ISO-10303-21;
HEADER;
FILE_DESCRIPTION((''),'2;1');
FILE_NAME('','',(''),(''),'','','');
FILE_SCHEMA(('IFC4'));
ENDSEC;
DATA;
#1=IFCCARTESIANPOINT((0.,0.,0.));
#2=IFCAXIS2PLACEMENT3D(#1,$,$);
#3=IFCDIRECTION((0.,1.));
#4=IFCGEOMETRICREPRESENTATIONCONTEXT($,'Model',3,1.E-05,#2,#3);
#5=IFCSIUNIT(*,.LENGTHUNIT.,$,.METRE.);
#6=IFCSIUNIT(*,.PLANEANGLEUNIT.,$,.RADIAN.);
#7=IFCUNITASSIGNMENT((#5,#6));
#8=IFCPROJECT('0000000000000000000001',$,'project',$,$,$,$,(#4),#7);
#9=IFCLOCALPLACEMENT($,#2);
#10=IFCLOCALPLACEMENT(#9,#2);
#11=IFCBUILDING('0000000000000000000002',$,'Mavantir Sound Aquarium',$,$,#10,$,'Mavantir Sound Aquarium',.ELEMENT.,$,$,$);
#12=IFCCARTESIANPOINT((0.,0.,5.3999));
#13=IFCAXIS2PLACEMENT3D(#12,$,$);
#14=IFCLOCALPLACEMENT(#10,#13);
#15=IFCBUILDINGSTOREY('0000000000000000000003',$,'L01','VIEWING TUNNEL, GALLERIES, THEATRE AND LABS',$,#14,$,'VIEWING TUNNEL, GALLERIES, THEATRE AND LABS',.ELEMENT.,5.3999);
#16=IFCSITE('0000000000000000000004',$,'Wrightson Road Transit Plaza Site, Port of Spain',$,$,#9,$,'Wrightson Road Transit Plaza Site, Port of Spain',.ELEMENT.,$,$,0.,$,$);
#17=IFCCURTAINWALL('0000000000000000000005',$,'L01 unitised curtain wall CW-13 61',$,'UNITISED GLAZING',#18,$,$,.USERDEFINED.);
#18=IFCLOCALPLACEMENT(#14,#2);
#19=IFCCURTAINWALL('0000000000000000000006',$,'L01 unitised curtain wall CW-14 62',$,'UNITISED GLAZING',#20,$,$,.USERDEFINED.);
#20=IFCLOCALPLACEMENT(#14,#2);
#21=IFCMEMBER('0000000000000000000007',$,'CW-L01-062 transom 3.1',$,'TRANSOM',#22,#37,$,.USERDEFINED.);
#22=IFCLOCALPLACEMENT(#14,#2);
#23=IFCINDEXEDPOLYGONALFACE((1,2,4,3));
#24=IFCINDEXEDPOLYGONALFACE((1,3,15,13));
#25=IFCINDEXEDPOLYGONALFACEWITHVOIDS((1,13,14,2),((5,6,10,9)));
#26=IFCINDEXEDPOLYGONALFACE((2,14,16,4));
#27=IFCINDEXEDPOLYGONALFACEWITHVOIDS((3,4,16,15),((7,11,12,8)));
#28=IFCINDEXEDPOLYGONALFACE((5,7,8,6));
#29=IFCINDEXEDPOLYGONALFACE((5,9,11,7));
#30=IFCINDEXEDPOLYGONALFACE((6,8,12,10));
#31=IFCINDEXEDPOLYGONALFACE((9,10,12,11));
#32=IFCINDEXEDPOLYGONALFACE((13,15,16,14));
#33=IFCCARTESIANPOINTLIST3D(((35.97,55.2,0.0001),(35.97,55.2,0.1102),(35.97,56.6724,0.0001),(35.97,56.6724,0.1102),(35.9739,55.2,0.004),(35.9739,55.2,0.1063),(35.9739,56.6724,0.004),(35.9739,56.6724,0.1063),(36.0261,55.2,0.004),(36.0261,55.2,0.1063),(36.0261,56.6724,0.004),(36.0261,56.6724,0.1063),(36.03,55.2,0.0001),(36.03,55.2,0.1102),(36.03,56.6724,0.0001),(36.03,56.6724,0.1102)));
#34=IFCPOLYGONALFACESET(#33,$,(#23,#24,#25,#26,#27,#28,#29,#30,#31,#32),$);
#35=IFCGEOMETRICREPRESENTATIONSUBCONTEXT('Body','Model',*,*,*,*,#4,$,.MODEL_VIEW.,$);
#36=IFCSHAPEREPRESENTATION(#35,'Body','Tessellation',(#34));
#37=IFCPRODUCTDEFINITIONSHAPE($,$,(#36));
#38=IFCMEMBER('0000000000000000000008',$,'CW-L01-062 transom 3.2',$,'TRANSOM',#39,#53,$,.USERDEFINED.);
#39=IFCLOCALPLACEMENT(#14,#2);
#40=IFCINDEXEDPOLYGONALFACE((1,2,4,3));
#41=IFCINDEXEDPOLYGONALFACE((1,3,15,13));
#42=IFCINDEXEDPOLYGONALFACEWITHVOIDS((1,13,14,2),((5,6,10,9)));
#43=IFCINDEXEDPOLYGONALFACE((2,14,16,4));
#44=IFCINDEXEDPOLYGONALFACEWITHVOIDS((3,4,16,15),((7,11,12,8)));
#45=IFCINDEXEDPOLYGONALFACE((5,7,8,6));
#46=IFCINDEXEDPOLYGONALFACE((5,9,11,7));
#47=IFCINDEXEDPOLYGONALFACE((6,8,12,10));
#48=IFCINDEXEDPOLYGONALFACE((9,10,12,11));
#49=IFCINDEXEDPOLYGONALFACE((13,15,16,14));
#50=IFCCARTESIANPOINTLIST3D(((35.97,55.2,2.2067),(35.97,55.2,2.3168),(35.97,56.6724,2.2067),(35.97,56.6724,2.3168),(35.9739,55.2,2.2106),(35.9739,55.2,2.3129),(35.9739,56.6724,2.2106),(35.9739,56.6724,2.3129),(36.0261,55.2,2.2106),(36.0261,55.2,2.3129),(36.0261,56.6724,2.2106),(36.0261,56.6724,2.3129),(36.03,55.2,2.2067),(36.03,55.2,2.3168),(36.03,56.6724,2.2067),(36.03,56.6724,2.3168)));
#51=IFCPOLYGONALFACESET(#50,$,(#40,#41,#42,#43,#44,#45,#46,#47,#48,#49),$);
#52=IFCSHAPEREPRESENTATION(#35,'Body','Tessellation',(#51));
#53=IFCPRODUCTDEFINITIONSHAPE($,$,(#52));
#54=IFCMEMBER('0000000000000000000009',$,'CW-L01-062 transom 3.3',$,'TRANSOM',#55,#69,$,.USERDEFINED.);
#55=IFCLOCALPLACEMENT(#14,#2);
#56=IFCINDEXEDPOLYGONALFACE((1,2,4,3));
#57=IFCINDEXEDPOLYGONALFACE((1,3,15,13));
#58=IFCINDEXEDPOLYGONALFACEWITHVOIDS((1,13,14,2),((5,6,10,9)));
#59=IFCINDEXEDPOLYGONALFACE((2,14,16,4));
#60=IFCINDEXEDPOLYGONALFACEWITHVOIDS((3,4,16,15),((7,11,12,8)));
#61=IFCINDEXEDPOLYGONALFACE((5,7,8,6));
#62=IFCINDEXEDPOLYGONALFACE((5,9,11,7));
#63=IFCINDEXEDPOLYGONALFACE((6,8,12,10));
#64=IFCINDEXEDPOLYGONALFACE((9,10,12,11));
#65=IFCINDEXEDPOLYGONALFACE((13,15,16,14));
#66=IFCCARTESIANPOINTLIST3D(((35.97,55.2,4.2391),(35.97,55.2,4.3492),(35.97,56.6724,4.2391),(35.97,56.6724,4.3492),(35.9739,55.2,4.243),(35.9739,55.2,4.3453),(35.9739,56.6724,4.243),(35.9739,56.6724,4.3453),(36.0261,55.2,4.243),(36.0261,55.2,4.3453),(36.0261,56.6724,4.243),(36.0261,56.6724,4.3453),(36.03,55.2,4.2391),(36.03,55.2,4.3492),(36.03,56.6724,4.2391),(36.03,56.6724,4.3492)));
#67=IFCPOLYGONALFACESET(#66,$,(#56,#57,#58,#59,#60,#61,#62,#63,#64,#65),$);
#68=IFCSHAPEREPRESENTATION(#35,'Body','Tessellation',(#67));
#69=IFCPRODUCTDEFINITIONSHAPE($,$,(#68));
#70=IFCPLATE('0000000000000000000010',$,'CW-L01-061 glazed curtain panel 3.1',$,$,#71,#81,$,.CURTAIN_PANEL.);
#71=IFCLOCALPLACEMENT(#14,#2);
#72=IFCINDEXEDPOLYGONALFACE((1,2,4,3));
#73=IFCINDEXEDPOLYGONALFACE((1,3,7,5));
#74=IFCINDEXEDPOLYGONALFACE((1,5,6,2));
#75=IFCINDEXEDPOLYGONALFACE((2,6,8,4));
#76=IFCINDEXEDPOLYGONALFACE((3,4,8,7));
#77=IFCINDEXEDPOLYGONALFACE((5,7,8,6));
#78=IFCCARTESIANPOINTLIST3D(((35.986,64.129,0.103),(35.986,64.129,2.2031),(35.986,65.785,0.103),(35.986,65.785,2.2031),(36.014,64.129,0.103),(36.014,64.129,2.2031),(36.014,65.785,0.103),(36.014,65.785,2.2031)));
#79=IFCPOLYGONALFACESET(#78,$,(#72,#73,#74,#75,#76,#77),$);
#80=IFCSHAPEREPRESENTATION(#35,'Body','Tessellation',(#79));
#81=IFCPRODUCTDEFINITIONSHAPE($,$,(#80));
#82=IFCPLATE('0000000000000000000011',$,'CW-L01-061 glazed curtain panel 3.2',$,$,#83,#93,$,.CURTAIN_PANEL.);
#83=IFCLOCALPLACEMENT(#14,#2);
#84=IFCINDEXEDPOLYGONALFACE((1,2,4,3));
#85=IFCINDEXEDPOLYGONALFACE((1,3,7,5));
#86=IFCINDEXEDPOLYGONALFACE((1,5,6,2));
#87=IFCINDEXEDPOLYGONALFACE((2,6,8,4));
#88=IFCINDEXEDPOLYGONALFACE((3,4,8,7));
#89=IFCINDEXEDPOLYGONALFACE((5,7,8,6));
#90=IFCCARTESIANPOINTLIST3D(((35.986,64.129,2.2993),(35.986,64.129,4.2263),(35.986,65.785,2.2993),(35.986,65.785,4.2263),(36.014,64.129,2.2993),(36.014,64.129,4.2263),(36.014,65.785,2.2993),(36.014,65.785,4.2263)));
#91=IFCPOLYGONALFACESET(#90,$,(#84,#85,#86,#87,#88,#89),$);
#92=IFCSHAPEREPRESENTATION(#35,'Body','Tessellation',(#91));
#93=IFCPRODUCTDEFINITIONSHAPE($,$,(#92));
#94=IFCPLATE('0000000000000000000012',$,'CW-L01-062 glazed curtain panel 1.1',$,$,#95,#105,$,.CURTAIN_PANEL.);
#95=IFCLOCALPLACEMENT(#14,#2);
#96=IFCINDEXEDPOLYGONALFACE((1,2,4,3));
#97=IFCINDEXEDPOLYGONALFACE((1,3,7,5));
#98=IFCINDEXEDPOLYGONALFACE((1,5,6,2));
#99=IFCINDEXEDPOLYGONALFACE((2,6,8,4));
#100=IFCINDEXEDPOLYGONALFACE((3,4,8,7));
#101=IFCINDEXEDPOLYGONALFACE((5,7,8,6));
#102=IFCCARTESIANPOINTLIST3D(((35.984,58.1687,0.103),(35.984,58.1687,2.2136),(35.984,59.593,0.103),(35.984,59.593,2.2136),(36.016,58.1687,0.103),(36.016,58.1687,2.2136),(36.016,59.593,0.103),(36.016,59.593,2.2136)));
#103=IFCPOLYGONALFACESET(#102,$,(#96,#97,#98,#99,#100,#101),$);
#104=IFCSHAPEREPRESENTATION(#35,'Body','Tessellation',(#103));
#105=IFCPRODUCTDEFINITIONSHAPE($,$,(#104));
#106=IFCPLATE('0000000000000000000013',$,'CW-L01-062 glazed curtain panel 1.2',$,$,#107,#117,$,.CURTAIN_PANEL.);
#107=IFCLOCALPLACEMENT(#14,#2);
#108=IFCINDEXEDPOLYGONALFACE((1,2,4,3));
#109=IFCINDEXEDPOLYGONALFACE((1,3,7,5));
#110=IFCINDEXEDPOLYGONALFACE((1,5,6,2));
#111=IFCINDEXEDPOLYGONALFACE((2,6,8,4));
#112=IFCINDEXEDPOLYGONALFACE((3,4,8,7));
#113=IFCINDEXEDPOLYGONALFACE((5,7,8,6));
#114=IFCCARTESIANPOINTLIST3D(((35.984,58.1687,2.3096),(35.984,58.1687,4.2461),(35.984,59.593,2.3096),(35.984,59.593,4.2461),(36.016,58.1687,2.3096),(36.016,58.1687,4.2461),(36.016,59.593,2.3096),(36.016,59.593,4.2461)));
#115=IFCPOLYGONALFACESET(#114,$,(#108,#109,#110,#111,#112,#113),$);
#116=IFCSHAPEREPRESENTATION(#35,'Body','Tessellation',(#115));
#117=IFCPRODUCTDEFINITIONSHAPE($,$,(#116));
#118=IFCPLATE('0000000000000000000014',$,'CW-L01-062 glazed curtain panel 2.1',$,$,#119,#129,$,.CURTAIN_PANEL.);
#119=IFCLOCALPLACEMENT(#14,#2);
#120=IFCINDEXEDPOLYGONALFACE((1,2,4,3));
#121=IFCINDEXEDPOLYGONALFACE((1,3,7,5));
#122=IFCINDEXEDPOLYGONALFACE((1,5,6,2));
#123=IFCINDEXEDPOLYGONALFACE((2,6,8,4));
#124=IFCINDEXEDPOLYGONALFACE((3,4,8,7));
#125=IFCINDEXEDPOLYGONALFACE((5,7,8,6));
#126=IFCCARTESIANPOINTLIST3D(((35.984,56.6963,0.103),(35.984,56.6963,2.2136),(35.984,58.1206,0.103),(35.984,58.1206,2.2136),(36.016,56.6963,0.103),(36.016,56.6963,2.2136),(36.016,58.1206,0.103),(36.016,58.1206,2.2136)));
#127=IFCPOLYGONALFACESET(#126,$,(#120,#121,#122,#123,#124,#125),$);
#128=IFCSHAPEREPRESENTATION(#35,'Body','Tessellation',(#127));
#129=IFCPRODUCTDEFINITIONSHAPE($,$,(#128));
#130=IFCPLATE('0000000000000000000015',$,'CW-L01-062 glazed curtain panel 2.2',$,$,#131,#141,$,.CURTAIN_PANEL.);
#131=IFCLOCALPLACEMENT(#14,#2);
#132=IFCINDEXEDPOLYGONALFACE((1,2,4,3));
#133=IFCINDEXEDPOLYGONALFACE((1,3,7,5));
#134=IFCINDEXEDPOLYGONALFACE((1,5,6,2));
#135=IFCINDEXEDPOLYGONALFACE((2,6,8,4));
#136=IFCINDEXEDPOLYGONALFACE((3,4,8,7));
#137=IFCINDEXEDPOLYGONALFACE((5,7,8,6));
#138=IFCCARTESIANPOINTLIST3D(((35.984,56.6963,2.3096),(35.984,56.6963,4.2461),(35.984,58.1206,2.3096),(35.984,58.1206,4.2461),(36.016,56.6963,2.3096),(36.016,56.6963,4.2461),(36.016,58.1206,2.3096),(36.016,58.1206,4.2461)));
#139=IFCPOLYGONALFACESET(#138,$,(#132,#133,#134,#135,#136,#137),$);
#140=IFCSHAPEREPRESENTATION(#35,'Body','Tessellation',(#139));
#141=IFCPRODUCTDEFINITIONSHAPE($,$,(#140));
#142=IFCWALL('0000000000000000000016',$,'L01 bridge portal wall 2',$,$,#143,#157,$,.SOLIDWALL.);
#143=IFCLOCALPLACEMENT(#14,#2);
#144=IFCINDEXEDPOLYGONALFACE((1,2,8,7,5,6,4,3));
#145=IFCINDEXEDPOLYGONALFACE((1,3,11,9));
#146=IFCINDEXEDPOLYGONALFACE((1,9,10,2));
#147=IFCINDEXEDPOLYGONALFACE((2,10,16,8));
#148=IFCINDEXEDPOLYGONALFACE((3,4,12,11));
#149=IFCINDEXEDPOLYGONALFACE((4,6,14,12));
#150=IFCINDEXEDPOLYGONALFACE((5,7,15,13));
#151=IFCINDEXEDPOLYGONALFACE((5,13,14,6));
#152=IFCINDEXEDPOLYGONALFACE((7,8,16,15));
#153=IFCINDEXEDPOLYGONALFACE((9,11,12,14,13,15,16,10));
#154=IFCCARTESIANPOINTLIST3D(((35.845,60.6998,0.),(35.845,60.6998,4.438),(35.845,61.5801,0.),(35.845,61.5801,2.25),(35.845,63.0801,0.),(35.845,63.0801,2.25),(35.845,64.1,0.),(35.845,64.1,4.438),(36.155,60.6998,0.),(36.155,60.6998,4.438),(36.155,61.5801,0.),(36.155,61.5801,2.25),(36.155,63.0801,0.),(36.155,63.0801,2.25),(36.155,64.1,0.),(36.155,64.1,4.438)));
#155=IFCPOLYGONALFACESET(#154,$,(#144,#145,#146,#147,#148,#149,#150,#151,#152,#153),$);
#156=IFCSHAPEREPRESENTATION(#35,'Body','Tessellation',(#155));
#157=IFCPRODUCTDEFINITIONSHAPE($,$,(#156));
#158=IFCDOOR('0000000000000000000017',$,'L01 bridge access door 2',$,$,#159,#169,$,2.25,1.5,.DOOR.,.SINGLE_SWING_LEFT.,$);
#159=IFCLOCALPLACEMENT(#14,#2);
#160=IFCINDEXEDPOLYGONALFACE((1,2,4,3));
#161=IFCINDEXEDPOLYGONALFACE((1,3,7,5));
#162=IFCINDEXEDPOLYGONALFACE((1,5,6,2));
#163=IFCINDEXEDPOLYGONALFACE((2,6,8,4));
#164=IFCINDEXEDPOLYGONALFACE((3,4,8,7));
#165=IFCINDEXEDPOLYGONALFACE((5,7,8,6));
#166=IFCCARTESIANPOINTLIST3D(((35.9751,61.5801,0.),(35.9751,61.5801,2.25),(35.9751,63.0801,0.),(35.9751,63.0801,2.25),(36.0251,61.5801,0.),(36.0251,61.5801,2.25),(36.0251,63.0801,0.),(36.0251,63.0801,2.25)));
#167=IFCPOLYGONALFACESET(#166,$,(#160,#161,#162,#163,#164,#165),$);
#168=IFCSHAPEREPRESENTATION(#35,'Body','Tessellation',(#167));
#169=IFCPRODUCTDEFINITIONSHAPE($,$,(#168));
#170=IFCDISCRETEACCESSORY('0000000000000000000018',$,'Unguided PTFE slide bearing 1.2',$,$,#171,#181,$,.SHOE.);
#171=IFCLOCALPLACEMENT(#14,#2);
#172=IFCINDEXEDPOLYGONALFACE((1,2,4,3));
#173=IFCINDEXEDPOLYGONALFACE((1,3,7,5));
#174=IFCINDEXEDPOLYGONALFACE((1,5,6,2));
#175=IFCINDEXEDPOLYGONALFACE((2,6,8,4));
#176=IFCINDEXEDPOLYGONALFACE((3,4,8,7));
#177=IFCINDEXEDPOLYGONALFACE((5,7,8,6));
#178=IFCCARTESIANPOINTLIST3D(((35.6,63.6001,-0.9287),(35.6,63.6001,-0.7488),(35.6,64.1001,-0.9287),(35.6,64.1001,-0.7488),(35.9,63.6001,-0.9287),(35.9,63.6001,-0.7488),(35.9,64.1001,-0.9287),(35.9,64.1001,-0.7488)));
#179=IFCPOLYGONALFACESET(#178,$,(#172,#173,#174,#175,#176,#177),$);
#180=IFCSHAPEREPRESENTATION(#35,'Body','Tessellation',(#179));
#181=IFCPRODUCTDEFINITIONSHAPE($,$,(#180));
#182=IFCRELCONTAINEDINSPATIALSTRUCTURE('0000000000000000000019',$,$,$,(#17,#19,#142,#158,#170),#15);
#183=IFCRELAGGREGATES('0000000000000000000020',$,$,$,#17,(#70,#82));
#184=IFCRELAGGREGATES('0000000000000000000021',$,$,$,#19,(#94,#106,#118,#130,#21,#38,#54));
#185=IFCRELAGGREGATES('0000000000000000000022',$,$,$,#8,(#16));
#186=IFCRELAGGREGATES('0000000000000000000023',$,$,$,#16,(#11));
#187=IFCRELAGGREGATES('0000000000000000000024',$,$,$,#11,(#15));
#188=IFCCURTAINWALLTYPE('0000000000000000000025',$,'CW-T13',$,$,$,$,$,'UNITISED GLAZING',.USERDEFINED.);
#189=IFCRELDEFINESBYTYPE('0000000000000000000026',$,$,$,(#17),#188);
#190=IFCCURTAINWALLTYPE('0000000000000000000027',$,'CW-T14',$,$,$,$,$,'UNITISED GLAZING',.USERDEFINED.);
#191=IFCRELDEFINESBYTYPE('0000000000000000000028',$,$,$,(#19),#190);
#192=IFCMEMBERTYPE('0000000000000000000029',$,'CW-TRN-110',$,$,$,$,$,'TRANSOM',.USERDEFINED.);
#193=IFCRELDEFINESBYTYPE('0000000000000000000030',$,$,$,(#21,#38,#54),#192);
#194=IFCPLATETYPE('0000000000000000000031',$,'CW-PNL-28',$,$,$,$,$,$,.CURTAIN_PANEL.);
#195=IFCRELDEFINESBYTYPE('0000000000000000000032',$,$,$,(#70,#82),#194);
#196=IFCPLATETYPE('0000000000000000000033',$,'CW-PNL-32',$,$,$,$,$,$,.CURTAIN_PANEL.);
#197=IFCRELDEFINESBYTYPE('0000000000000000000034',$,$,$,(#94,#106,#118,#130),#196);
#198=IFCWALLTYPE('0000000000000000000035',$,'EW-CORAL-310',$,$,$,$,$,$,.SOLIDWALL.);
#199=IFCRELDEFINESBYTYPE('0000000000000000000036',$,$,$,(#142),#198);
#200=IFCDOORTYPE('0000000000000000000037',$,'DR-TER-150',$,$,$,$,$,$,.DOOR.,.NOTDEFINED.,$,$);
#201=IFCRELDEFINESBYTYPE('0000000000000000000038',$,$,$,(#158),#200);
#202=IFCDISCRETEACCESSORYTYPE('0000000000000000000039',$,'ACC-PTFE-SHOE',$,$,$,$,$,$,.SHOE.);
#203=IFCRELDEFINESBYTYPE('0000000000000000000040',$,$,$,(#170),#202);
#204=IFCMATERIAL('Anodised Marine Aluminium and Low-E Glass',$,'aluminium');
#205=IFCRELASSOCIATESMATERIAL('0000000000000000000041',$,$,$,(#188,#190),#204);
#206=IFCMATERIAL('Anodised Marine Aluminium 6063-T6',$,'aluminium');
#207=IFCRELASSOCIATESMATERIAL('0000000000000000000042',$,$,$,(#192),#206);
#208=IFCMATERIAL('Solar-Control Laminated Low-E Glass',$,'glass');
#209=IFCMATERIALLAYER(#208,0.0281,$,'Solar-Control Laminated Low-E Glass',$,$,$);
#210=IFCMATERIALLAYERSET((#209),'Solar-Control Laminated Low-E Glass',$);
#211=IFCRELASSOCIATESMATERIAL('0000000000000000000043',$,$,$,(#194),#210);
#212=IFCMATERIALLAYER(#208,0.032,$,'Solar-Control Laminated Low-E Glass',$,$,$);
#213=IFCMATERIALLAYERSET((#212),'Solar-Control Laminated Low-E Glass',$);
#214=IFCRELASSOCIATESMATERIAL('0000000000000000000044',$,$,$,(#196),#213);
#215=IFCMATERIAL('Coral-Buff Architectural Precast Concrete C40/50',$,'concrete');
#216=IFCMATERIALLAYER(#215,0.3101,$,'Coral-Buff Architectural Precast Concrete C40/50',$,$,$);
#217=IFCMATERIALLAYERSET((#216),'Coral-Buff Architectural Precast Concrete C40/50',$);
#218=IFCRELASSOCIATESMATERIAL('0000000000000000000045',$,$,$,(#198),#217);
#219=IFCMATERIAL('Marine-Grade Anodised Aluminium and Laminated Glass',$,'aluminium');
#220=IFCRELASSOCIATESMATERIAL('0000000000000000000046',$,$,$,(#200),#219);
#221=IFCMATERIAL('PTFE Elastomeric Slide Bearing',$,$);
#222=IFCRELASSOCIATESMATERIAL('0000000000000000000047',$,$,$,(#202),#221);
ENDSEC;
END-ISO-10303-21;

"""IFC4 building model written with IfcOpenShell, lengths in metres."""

from ifc_helpers import new_model, si_unit, direction, frame, frame_2d, origin, origin_2d, place, context, subcontext, project, spatial, rectangle, hollow_rectangle, extrude, material, layer, layer_set, material_profile, profile_set, type_object, element, fill, aggregate, save


model = new_model("IFC4")

# Units and contexts
model_context = context("Model", 3, precision=1e-05, world=origin(), true_north=direction((0.0, 1.0)))
body_context = subcontext(model_context, "Body", "Model", "MODEL_VIEW")
ifc_project = project(units=[si_unit("LENGTHUNIT", "METRE"), si_unit("PLANEANGLEUNIT", "RADIAN")], contexts=[model_context])

# Site, building, storey
site_placement = place(None, origin())
site = spatial("IfcSite", under=ifc_project, at=site_placement, Name="Wrightson Road Transit Plaza Site, Port of Spain", LongName="Wrightson Road Transit Plaza Site, Port of Spain", CompositionType="ELEMENT", RefElevation=0.0)
building_placement = place(site_placement, origin())
building = spatial("IfcBuilding", under=site, at=building_placement, Name="Mavantir Sound Aquarium", LongName="Mavantir Sound Aquarium", CompositionType="ELEMENT")
storey_placement = place(building_placement, frame((0.0, 0.0, 5.3999)))
storey = spatial("IfcBuildingStorey", under=building, at=storey_placement, Name="L01", Description="VIEWING TUNNEL, GALLERIES, THEATRE AND LABS", LongName="VIEWING TUNNEL, GALLERIES, THEATRE AND LABS", CompositionType="ELEMENT", Elevation=5.3999)

# Curtain walls
ifc_material_1 = material(Name="Anodised Marine Aluminium and Low-E Glass", Category="aluminium")
curtain_wall_type_1 = type_object("IfcCurtainWallType", Name="CW-T13", ElementType="UNITISED GLAZING", PredefinedType="USERDEFINED", material=ifc_material_1)
curtain_wall_1_placement = place(storey_placement, origin())
curtain_wall_1 = element("IfcCurtainWall", 1, at=curtain_wall_1_placement, inside=storey, type_object=curtain_wall_type_1, Name="L01 unitised curtain wall CW-13 61", ObjectType="UNITISED GLAZING", PredefinedType="USERDEFINED")
ifc_material_2 = material(Name="Anodised Marine Aluminium 6063-T6", Category="aluminium")
curtain_wall_type_2 = type_object("IfcCurtainWallType", Name="CW-T14", ElementType="UNITISED GLAZING", PredefinedType="USERDEFINED", material=ifc_material_1)
curtain_wall_2_placement = place(storey_placement, origin())
curtain_wall_2 = element("IfcCurtainWall", 2, at=curtain_wall_2_placement, inside=storey, type_object=curtain_wall_type_2, Name="L01 unitised curtain wall CW-14 62", ObjectType="UNITISED GLAZING", PredefinedType="USERDEFINED")

# Members
ifc_material_profile_1 = material_profile(ifc_material_2, hollow_rectangle(XDim=0.0601, YDim=0.1101, WallThickness=0.0039, at=origin_2d()), Name="ALU-TRANSOM-110X60")
ifc_profile_set_1 = profile_set([ifc_material_profile_1], Name="Anodised Marine Aluminium 6063-T6")
member_type_1 = type_object("IfcMemberType", Name="CW-TRN-110", ElementType="TRANSOM", PredefinedType="USERDEFINED", material=ifc_profile_set_1)
member_1_placement = place(storey_placement, frame((36.0, 56.6724, 0.0552), z_axis=(0.0, -1.0, 0.0), x_axis=(1.0, 0.0, 0.0)))
member_1 = element("IfcMember", 3, at=member_1_placement, type_object=member_type_1, Name="CW-L01-062 transom 3.1", ObjectType="TRANSOM", PredefinedType="USERDEFINED", context=body_context, shape_type="SweptSolid", body=[
    extrude(hollow_rectangle(XDim=0.0601, YDim=0.1101, WallThickness=0.0039, at=origin_2d()), origin(), (0.0, 0.0, 1.0), 1.4724),
])
member_2_placement = place(storey_placement, frame((36.0, 56.6724, 2.2617), z_axis=(0.0, -1.0, 0.0), x_axis=(1.0, 0.0, 0.0)))
member_2 = element("IfcMember", 4, at=member_2_placement, type_object=member_type_1, Name="CW-L01-062 transom 3.2", ObjectType="TRANSOM", PredefinedType="USERDEFINED", context=body_context, shape_type="SweptSolid", body=[
    extrude(hollow_rectangle(XDim=0.0601, YDim=0.1101, WallThickness=0.0039, at=origin_2d()), origin(), (0.0, 0.0, 1.0), 1.4724),
])
member_3_placement = place(storey_placement, frame((36.0, 56.6724, 4.2942), z_axis=(0.0, -1.0, 0.0), x_axis=(1.0, 0.0, 0.0)))
member_3 = element("IfcMember", 5, at=member_3_placement, type_object=member_type_1, Name="CW-L01-062 transom 3.3", ObjectType="TRANSOM", PredefinedType="USERDEFINED", context=body_context, shape_type="SweptSolid", body=[
    extrude(hollow_rectangle(XDim=0.0601, YDim=0.1101, WallThickness=0.0039, at=origin_2d()), origin(), (0.0, 0.0, 1.0), 1.4724),
])

# Plates
ifc_material_3 = material(Name="Solar-Control Laminated Low-E Glass", Category="glass")
ifc_layer_1 = layer(ifc_material_3, 0.0281, Name="Solar-Control Laminated Low-E Glass")
ifc_layer_set_1 = layer_set([ifc_layer_1], Name="Solar-Control Laminated Low-E Glass")
plate_type_1 = type_object("IfcPlateType", Name="CW-PNL-28", PredefinedType="CURTAIN_PANEL", material=ifc_layer_set_1)
plate_1_placement = place(storey_placement, frame((36.0, 64.957, 0.103), z_axis=(0.0, 0.0, 1.0), x_axis=(0.0, -1.0, 0.0)))
plate_1 = element("IfcPlate", 6, at=plate_1_placement, type_object=plate_type_1, Name="CW-L01-061 glazed curtain panel 3.1", PredefinedType="CURTAIN_PANEL", context=body_context, shape_type="SweptSolid", body=[
    extrude(rectangle(XDim=1.656, YDim=0.0281, at=origin_2d()), origin(), (0.0, 0.0, 1.0), 2.1001),
])
plate_2_placement = place(storey_placement, frame((36.0, 64.957, 2.2993), z_axis=(0.0, 0.0, 1.0), x_axis=(0.0, -1.0, 0.0)))
plate_2 = element("IfcPlate", 7, at=plate_2_placement, type_object=plate_type_1, Name="CW-L01-061 glazed curtain panel 3.2", PredefinedType="CURTAIN_PANEL", context=body_context, shape_type="SweptSolid", body=[
    extrude(rectangle(XDim=1.656, YDim=0.0281, at=origin_2d()), origin(), (0.0, 0.0, 1.0), 1.927),
])
aggregate(curtain_wall_1, [plate_1, plate_2])
ifc_layer_2 = layer(ifc_material_3, 0.032, Name="Solar-Control Laminated Low-E Glass")
ifc_layer_set_2 = layer_set([ifc_layer_2], Name="Solar-Control Laminated Low-E Glass")
plate_type_2 = type_object("IfcPlateType", Name="CW-PNL-32", PredefinedType="CURTAIN_PANEL", material=ifc_layer_set_2)
plate_3_placement = place(storey_placement, frame((36.0, 58.8809, 0.103), z_axis=(0.0, 0.0, 1.0), x_axis=(0.0, -1.0, 0.0)))
plate_3 = element("IfcPlate", 8, at=plate_3_placement, type_object=plate_type_2, Name="CW-L01-062 glazed curtain panel 1.1", PredefinedType="CURTAIN_PANEL", context=body_context, shape_type="SweptSolid", body=[
    extrude(rectangle(XDim=1.4243, YDim=0.032, at=origin_2d()), origin(), (0.0, 0.0, 1.0), 2.1106),
])
plate_4_placement = place(storey_placement, frame((36.0, 58.8809, 2.3096), z_axis=(0.0, 0.0, 1.0), x_axis=(0.0, -1.0, 0.0)))
plate_4 = element("IfcPlate", 9, at=plate_4_placement, type_object=plate_type_2, Name="CW-L01-062 glazed curtain panel 1.2", PredefinedType="CURTAIN_PANEL", context=body_context, shape_type="SweptSolid", body=[
    extrude(rectangle(XDim=1.4243, YDim=0.032, at=origin_2d()), origin(), (0.0, 0.0, 1.0), 1.9365),
])
plate_5_placement = place(storey_placement, frame((36.0, 57.4084, 0.103), z_axis=(0.0, 0.0, 1.0), x_axis=(0.0, -1.0, 0.0)))
plate_5 = element("IfcPlate", 10, at=plate_5_placement, type_object=plate_type_2, Name="CW-L01-062 glazed curtain panel 2.1", PredefinedType="CURTAIN_PANEL", context=body_context, shape_type="SweptSolid", body=[
    extrude(rectangle(XDim=1.4243, YDim=0.032, at=origin_2d()), origin(), (0.0, 0.0, 1.0), 2.1106),
])
plate_6_placement = place(storey_placement, frame((36.0, 57.4084, 2.3096), z_axis=(0.0, 0.0, 1.0), x_axis=(0.0, -1.0, 0.0)))
plate_6 = element("IfcPlate", 11, at=plate_6_placement, type_object=plate_type_2, Name="CW-L01-062 glazed curtain panel 2.2", PredefinedType="CURTAIN_PANEL", context=body_context, shape_type="SweptSolid", body=[
    extrude(rectangle(XDim=1.4243, YDim=0.032, at=origin_2d()), origin(), (0.0, 0.0, 1.0), 1.9365),
])
aggregate(curtain_wall_2, [plate_3, plate_4, plate_5, plate_6, member_1, member_2, member_3])

# Wall, opening, door
ifc_material_4 = material(Name="Coral-Buff Architectural Precast Concrete C40/50", Category="concrete")
ifc_layer_3 = layer(ifc_material_4, 0.3101, Name="Coral-Buff Architectural Precast Concrete C40/50")
ifc_layer_set_3 = layer_set([ifc_layer_3], Name="Coral-Buff Architectural Precast Concrete C40/50")
wall_type = type_object("IfcWallType", Name="EW-CORAL-310", PredefinedType="SOLIDWALL", material=ifc_layer_set_3)
wall_placement = place(storey_placement, frame((36.0, 64.1001, 0.0), z_axis=(0.0, 0.0, 1.0), x_axis=(0.0, -1.0, 0.0)))
wall = element("IfcWall", 12, at=wall_placement, inside=storey, type_object=wall_type, Name="L01 bridge portal wall 2", PredefinedType="SOLIDWALL", context=body_context, shape_type="SweptSolid", body=[
    extrude(rectangle(XDim=3.4001, YDim=0.3101, at=frame_2d((1.7002, 0.0))), origin(), (0.0, 0.0, 1.0), 4.438),
])
opening_placement = place(wall_placement, frame((2.52, 0.0, 0.0), z_axis=(0.0, 0.0, 1.0), x_axis=(-1.0, 0.0, 0.0)))
opening = element("IfcOpeningElement", 13, at=opening_placement, cuts=wall, PredefinedType="OPENING", context=body_context, shape_type="SweptSolid", body=[
    extrude(rectangle(XDim=1.5, YDim=2.25, at=frame_2d((0.75, 1.125))), frame((0.0, 0.165, 0.0), z_axis=(0.0, -1.0, 0.0), x_axis=(1.0, 0.0, 0.0)), (0.0, 0.0, 1.0), 0.3301),
])
ifc_material_5 = material(Name="Marine-Grade Anodised Aluminium and Laminated Glass", Category="aluminium")
door_type = type_object("IfcDoorType", Name="DR-TER-150", OperationType="NOTDEFINED", PredefinedType="DOOR", material=ifc_material_5)
door_placement = place(opening_placement, origin())
door = element("IfcDoor", 14, at=door_placement, inside=storey, type_object=door_type, Name="L01 bridge access door 2", OperationType="SINGLE_SWING_LEFT", OverallHeight=2.25, OverallWidth=1.5, PredefinedType="DOOR", context=body_context, shape_type="SweptSolid", body=[
    extrude(rectangle(XDim=1.5, YDim=2.25, at=frame_2d((0.75, 1.125))), frame((0.0, 0.0249, 0.0), z_axis=(0.0, -1.0, 0.0), x_axis=(1.0, 0.0, 0.0)), (0.0, 0.0, 1.0), 0.05),
])
fill(opening, door)

# Discrete accessory
ifc_material_6 = material(Name="PTFE Elastomeric Slide Bearing")
discrete_accessory_type = type_object("IfcDiscreteAccessoryType", Name="ACC-PTFE-SHOE", PredefinedType="SHOE", material=ifc_material_6)
discrete_accessory_placement = place(storey_placement, frame((35.75, 63.8501, -0.9287), z_axis=(0.0, 0.0, 1.0), x_axis=(1.0, 0.0, 0.0)))
element("IfcDiscreteAccessory", 15, at=discrete_accessory_placement, inside=storey, type_object=discrete_accessory_type, Name="Unguided PTFE slide bearing 1.2", PredefinedType="SHOE", context=body_context, shape_type="SweptSolid", body=[
    extrude(rectangle(XDim=0.3, YDim=0.5, at=origin_2d()), origin(), (0.0, 0.0, 1.0), 0.1799),
])

save(model, "model.ifc")
